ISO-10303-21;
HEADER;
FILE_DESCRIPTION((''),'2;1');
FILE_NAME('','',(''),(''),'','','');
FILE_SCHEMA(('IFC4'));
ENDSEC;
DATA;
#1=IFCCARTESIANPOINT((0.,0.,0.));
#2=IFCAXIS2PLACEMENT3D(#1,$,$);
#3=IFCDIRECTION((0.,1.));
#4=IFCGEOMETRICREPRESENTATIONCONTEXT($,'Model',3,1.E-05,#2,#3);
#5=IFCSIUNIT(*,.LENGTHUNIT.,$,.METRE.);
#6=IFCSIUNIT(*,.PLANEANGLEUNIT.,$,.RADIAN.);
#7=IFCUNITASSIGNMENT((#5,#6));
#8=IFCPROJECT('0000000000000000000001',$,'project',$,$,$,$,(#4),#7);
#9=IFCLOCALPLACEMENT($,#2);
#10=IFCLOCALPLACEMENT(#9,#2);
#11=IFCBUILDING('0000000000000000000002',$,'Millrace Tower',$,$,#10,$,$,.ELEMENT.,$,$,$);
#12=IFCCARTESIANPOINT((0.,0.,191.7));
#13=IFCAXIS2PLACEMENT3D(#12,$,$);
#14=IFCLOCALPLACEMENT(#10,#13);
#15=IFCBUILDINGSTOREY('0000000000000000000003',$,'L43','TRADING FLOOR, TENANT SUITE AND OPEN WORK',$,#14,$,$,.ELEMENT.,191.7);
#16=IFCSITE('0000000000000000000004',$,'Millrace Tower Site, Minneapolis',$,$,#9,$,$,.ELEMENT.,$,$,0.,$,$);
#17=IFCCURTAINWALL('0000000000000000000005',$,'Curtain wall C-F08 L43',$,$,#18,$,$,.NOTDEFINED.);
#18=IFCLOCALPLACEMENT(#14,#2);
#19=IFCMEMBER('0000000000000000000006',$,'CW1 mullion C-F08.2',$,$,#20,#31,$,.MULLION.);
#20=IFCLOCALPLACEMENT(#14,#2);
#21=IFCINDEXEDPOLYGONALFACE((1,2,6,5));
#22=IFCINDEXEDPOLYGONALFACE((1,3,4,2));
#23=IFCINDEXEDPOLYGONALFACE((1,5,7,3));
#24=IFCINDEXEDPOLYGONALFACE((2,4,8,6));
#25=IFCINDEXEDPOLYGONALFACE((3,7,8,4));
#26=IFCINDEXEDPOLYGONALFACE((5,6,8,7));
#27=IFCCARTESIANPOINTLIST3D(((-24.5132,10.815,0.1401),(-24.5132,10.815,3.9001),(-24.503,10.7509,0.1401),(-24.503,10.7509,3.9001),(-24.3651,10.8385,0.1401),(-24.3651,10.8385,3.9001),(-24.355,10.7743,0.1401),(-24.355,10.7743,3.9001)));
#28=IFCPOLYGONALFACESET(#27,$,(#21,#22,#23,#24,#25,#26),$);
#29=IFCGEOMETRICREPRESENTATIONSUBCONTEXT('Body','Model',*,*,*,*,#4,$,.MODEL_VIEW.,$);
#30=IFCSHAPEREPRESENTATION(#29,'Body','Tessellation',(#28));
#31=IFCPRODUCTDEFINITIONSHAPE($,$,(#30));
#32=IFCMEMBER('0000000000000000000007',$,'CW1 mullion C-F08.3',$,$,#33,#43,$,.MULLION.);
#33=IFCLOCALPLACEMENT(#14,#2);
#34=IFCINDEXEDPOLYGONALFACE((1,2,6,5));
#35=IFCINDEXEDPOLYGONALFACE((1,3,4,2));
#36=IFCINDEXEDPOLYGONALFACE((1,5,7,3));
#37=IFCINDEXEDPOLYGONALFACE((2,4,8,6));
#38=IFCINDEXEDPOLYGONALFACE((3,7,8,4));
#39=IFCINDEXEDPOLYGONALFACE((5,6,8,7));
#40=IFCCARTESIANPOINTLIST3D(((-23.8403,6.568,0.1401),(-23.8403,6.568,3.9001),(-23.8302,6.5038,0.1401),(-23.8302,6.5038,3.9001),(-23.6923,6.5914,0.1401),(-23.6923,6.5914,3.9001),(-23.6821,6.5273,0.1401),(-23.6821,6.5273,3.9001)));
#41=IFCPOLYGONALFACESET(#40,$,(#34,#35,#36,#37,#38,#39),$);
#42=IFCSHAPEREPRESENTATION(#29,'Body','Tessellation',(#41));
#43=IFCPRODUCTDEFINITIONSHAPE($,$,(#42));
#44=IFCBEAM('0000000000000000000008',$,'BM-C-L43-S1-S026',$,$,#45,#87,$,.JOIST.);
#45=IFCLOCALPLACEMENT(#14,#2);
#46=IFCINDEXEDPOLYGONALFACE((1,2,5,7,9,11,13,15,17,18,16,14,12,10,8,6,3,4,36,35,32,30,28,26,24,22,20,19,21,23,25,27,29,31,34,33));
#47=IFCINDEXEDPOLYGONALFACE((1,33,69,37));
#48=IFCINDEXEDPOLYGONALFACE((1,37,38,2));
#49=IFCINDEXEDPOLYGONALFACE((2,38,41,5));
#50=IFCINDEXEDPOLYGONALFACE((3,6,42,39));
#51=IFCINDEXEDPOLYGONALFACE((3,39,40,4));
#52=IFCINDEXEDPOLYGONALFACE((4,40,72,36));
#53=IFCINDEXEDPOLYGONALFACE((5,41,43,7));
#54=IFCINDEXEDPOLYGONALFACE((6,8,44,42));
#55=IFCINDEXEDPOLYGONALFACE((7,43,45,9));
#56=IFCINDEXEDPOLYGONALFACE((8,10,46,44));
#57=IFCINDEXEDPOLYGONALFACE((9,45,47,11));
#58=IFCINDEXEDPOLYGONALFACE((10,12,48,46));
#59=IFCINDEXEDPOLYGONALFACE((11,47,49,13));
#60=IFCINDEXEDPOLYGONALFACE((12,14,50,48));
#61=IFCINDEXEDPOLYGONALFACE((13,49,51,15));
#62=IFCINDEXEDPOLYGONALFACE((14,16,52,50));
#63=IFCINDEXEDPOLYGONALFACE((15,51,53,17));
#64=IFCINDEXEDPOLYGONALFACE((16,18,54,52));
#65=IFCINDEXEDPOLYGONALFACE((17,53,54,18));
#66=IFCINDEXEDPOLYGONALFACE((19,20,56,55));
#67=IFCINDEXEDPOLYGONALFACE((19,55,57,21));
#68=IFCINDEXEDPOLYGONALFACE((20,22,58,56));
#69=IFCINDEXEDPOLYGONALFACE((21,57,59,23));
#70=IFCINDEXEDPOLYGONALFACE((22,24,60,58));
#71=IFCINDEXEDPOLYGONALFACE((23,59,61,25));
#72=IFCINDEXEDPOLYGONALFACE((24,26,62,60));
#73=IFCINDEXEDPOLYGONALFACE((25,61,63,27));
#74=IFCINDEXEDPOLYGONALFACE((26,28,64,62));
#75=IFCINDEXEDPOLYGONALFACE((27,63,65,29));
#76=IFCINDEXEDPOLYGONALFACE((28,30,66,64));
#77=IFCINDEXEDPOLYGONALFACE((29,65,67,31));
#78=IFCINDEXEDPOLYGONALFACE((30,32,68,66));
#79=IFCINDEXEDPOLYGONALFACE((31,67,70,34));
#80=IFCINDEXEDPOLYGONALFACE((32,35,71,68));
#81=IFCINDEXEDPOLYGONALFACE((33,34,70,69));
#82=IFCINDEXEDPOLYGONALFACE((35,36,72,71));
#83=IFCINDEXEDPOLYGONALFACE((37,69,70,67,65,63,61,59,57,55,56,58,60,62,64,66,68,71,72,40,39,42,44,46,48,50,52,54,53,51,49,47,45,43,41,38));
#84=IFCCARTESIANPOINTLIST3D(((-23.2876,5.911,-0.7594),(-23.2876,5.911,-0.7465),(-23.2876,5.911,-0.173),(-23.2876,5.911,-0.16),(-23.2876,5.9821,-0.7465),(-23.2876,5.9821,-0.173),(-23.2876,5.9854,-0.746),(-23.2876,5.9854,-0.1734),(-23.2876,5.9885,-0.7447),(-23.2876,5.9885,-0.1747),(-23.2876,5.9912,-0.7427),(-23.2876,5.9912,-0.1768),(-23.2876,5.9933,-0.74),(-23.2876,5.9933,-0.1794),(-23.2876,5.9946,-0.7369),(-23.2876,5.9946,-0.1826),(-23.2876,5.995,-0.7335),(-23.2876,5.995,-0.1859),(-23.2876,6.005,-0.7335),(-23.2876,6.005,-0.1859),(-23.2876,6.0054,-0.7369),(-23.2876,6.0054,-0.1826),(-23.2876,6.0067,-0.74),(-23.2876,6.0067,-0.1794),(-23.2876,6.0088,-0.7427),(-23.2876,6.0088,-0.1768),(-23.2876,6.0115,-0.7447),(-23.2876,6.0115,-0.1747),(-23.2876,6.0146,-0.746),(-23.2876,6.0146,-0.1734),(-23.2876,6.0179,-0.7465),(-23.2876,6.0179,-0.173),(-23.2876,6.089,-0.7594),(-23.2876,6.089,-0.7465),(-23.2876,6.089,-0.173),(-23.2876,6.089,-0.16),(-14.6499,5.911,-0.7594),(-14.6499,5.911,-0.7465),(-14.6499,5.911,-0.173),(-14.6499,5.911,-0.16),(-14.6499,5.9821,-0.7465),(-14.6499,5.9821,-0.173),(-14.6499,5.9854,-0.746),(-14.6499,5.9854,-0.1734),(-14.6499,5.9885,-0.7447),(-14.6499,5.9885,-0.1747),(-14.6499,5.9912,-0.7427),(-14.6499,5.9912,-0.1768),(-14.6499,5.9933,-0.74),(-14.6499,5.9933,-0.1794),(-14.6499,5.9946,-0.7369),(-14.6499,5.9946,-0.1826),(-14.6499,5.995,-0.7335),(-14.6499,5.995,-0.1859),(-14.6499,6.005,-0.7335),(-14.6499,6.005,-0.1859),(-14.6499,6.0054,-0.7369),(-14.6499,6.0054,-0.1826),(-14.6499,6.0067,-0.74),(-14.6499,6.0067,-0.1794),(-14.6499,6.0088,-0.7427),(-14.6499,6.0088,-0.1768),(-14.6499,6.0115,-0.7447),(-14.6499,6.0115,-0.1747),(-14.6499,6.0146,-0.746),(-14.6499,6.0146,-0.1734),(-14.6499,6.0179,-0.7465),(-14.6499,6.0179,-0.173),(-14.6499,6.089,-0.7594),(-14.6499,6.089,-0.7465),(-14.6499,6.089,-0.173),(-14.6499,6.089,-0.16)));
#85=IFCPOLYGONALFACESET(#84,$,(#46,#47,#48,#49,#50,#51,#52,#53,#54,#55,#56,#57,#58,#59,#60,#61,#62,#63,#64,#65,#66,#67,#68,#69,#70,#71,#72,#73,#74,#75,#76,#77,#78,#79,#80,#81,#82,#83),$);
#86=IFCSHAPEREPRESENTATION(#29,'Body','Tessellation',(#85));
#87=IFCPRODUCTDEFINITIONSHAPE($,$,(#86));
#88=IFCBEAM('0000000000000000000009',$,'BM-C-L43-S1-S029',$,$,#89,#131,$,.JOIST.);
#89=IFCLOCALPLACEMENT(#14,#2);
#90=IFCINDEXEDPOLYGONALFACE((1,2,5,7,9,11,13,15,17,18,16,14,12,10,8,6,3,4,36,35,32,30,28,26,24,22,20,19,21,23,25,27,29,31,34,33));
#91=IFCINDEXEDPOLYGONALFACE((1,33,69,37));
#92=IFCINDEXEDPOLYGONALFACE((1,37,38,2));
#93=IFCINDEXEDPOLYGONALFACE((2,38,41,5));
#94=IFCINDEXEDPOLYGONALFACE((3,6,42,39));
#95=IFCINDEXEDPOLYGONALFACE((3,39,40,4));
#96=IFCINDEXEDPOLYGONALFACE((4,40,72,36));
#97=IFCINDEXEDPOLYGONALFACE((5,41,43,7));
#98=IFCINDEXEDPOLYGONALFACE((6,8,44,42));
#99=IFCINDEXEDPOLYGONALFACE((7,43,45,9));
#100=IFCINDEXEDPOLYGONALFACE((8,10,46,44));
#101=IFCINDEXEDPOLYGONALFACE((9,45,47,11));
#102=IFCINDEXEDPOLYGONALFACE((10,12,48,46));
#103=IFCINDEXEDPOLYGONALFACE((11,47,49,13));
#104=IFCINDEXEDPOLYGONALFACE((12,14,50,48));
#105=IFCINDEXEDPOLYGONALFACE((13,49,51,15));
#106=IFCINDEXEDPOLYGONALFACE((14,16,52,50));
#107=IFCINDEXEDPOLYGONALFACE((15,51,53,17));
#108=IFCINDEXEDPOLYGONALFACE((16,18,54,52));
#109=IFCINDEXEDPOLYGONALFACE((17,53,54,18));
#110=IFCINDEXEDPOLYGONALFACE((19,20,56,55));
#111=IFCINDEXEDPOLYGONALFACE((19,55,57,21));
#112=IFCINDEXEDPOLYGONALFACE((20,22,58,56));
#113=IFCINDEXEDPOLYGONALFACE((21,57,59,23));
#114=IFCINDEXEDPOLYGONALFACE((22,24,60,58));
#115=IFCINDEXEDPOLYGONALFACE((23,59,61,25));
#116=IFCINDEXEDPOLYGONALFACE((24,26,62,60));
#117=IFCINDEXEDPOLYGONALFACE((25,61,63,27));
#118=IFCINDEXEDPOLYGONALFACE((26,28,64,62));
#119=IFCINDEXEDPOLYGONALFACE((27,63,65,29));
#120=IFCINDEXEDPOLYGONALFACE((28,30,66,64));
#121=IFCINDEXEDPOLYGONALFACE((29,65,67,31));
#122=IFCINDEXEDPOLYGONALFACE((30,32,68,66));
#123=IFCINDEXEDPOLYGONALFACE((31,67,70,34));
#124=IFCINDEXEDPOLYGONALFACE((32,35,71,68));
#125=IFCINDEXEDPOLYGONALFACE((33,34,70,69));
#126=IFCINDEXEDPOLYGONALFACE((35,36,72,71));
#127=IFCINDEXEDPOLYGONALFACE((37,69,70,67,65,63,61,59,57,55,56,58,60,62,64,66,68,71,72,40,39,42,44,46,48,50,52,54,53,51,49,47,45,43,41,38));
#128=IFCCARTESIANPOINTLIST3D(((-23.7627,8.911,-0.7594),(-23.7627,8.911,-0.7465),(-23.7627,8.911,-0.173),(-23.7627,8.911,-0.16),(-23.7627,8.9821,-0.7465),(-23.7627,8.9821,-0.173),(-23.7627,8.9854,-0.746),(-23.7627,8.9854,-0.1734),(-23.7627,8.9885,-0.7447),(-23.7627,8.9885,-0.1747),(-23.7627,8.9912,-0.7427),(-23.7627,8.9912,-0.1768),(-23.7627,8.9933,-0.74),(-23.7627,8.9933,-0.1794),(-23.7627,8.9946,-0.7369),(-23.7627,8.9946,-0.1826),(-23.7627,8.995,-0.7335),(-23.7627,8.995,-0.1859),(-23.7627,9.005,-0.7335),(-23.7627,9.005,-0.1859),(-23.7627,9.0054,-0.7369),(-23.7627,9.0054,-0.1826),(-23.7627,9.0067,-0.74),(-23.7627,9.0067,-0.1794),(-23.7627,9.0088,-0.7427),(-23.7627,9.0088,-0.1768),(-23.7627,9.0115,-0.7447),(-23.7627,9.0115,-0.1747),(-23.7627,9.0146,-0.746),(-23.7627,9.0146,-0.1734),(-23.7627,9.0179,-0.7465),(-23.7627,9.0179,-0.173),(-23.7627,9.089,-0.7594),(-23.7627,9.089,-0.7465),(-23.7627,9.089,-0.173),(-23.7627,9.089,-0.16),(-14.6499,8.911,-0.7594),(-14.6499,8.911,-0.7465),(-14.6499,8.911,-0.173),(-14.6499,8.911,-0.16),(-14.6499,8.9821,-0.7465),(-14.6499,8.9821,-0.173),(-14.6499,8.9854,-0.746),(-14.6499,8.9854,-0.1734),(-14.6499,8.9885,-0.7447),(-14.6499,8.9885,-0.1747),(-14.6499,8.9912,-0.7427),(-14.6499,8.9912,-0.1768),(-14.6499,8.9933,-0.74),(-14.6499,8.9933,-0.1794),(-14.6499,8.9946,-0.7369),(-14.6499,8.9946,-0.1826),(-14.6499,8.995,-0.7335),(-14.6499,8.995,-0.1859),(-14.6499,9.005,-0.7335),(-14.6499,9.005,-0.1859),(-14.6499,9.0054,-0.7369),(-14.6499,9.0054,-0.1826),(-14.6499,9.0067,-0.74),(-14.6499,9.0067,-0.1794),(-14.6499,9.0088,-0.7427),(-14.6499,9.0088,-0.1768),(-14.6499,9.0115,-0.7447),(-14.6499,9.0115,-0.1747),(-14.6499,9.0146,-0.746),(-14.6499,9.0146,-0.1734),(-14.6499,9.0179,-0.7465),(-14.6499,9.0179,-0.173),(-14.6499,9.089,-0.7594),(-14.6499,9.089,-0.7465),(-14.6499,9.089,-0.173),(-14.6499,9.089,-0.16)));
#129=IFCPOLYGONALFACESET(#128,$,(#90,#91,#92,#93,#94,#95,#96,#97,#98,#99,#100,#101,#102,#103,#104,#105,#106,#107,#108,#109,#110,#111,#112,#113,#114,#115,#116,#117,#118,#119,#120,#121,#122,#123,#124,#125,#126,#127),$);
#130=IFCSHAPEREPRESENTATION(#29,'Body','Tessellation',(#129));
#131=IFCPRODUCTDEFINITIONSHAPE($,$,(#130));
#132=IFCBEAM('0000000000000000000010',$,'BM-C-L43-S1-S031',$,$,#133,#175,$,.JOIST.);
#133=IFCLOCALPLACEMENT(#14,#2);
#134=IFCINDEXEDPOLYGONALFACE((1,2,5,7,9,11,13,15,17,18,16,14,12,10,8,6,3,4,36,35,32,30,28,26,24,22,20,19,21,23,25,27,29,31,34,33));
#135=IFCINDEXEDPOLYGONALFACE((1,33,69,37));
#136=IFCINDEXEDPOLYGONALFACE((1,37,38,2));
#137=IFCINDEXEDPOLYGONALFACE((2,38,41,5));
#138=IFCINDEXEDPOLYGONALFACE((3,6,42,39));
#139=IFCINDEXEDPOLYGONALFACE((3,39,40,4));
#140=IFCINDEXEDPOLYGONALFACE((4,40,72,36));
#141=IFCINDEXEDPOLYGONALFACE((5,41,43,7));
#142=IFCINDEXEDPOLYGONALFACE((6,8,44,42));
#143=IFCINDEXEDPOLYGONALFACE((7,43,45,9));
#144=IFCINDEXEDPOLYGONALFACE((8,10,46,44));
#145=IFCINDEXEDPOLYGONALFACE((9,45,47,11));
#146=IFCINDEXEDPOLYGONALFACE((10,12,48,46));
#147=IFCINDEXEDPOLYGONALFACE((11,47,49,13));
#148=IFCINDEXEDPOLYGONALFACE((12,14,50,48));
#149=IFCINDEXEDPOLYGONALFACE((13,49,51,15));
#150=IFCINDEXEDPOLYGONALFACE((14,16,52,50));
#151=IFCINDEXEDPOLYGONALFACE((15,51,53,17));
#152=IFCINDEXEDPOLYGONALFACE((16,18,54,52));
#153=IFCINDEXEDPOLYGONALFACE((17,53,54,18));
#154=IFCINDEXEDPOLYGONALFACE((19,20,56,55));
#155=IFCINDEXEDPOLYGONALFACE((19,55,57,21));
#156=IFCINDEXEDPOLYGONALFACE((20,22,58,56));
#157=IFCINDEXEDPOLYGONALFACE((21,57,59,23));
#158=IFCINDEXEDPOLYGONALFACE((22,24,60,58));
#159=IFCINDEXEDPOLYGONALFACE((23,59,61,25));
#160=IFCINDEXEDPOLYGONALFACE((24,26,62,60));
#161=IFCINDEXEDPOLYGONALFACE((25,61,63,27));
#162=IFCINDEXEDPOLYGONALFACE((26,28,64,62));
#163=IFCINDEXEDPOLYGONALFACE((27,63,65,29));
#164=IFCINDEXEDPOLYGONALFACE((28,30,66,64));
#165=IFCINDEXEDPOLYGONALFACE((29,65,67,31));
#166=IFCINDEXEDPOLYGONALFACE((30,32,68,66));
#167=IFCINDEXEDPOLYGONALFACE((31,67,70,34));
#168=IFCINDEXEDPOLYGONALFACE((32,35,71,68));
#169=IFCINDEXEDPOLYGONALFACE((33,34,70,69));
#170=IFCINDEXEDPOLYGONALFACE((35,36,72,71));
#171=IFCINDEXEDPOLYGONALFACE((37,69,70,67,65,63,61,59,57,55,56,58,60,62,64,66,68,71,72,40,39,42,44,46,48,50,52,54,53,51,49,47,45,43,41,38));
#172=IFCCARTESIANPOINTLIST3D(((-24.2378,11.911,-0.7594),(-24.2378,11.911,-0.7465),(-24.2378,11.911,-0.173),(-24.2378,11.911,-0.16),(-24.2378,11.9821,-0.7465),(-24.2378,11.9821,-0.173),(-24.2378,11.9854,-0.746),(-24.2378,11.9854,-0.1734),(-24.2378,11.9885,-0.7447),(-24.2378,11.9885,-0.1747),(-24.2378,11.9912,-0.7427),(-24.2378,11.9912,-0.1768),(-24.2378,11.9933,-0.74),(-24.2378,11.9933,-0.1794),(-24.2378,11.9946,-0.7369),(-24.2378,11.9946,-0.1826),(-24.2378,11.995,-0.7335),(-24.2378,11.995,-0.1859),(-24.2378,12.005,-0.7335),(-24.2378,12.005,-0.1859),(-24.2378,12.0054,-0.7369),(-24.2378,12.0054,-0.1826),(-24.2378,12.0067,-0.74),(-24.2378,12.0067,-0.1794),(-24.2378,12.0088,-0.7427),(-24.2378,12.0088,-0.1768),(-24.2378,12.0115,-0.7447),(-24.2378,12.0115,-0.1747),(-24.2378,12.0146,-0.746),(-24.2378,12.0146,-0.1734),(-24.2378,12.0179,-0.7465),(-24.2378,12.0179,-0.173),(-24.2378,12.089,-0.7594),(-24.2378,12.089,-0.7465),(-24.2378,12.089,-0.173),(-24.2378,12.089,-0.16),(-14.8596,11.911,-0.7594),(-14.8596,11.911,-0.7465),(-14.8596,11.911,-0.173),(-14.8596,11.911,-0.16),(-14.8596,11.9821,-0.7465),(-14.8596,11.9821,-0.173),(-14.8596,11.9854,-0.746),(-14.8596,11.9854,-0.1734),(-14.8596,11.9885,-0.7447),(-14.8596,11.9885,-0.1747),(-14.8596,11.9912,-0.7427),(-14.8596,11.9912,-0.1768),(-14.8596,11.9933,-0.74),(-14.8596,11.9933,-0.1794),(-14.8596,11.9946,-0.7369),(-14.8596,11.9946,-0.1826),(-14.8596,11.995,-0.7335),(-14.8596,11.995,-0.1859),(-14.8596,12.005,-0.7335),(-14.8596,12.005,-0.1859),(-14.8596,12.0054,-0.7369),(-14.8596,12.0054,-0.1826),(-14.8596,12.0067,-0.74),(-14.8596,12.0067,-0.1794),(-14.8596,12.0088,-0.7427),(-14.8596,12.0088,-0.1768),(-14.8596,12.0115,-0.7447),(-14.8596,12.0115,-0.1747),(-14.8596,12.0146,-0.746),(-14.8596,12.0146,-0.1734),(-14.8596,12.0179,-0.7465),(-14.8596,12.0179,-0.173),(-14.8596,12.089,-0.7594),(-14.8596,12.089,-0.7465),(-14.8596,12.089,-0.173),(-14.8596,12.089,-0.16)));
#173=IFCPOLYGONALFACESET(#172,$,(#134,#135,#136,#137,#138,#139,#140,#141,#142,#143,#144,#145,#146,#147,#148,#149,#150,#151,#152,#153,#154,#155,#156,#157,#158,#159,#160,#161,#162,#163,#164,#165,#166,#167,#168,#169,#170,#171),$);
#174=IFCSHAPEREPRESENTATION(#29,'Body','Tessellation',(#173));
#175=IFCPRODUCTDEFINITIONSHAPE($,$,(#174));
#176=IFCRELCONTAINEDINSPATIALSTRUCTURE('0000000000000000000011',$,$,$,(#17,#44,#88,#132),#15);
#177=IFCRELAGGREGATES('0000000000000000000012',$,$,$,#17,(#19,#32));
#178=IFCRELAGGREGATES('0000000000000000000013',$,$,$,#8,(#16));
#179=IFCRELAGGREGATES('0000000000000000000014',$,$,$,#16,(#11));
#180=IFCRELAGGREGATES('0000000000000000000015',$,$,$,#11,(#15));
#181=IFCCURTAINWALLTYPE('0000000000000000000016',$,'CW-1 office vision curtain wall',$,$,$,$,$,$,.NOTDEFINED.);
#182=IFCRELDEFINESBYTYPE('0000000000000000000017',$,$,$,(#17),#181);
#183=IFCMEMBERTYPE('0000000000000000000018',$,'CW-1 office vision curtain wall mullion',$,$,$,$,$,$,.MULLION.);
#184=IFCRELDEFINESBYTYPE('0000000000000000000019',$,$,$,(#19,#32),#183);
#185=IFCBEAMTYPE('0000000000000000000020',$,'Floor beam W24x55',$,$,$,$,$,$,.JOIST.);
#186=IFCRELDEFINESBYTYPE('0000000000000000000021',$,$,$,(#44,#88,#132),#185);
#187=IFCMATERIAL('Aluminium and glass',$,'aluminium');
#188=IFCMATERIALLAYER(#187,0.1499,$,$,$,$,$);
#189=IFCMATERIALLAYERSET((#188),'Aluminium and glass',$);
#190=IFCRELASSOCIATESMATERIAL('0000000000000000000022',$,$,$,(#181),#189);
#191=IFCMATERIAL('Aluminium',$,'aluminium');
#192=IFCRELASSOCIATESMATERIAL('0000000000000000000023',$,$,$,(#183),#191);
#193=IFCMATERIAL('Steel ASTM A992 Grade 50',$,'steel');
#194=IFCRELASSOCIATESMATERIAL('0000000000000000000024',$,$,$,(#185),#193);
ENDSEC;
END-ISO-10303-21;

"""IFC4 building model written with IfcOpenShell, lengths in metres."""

from ifc_helpers import new_model, si_unit, direction, frame, origin, origin_2d, place, context, subcontext, project, spatial, rectangle, i_section, extrude, material, layer, layer_set, material_profile, profile_set, type_object, element, aggregate, save


model = new_model("IFC4")

# Units and contexts
model_context = context("Model", 3, precision=1e-05, world=origin(), true_north=direction((0.0, 1.0)))
body_context = subcontext(model_context, "Body", "Model", "MODEL_VIEW")
ifc_project = project(units=[si_unit("LENGTHUNIT", "METRE"), si_unit("PLANEANGLEUNIT", "RADIAN")], contexts=[model_context])

# Site, building, storey
site_placement = place(None, origin())
site = spatial("IfcSite", under=ifc_project, at=site_placement, Name="Millrace Tower Site, Minneapolis", CompositionType="ELEMENT", RefElevation=0.0)
building_placement = place(site_placement, origin())
building = spatial("IfcBuilding", under=site, at=building_placement, Name="Millrace Tower", CompositionType="ELEMENT")
storey_placement = place(building_placement, frame((0.0, 0.0, 191.7)))
storey = spatial("IfcBuildingStorey", under=building, at=storey_placement, Name="L43", Description="TRADING FLOOR, TENANT SUITE AND OPEN WORK", CompositionType="ELEMENT", Elevation=191.7)

# Curtain wall, members
ifc_material_1 = material(Name="Aluminium and glass", Category="aluminium")
ifc_layer_1 = layer(ifc_material_1, 0.1499)
ifc_layer_set_1 = layer_set([ifc_layer_1], Name="Aluminium and glass")
curtain_wall_type = type_object("IfcCurtainWallType", Name="CW-1 office vision curtain wall", PredefinedType="NOTDEFINED", material=ifc_layer_set_1)
placement = place(storey_placement, origin())
curtain_wall = element("IfcCurtainWall", 1, at=placement, inside=storey, type_object=curtain_wall_type, Name="Curtain wall C-F08 L43", PredefinedType="NOTDEFINED")
ifc_material_2 = material(Name="Aluminium", Category="aluminium")
ifc_material_profile_1 = material_profile(ifc_material_2, rectangle(XDim=0.0649, YDim=0.1499, at=origin_2d()))
ifc_profile_set_1 = profile_set([ifc_material_profile_1], Name="Aluminium")
member_type = type_object("IfcMemberType", Name="CW-1 office vision curtain wall mullion", PredefinedType="MULLION", material=ifc_profile_set_1)
member_1_placement = place(storey_placement, frame((-24.4341, 10.7947, 0.1401), z_axis=(0.0, 0.0, 1.0), x_axis=(0.156434, -0.987688, 0.0)))
member_1 = element("IfcMember", 2, at=member_1_placement, type_object=member_type, Name="CW1 mullion C-F08.2", PredefinedType="MULLION", context=body_context, shape_type="SweptSolid", body=[
    extrude(rectangle(XDim=0.0649, YDim=0.1499, at=origin_2d()), origin(), (0.0, 0.0, 1.0), 3.76),
])
member_2_placement = place(storey_placement, frame((-23.7612, 6.5476, 0.1401), z_axis=(0.0, 0.0, 1.0), x_axis=(0.156434, -0.987688, 0.0)))
member_2 = element("IfcMember", 3, at=member_2_placement, type_object=member_type, Name="CW1 mullion C-F08.3", PredefinedType="MULLION", context=body_context, shape_type="SweptSolid", body=[
    extrude(rectangle(XDim=0.0649, YDim=0.1499, at=origin_2d()), origin(), (0.0, 0.0, 1.0), 3.76),
])
aggregate(curtain_wall, [member_1, member_2])

# Beams
ifc_material_3 = material(Name="Steel ASTM A992 Grade 50", Category="steel")
ifc_material_profile_2 = material_profile(ifc_material_3, i_section(OverallWidth=0.178, OverallDepth=0.5994, WebThickness=0.01, FlangeThickness=0.0129, FilletRadius=0.0129, at=origin_2d()))
ifc_profile_set_2 = profile_set([ifc_material_profile_2], Name="Steel ASTM A992 Grade 50")
beam_type_1 = type_object("IfcBeamType", Name="Floor beam W24x55", PredefinedType="JOIST", material=ifc_profile_set_2)
beam_1_placement = place(storey_placement, frame((-23.2876, 6.0, -0.4597), z_axis=(1.0, 0.0, 0.0), x_axis=(0.0, 1.0, 0.0)))
element("IfcBeam", 4, at=beam_1_placement, inside=storey, type_object=beam_type_1, Name="BM-C-L43-S1-S026", PredefinedType="JOIST", context=body_context, shape_type="SweptSolid", body=[
    extrude(i_section(OverallWidth=0.178, OverallDepth=0.5994, WebThickness=0.01, FlangeThickness=0.0129, FilletRadius=0.0129, at=origin_2d()), origin(), (0.0, 0.0, 1.0), 8.6377),
])
beam_2_placement = place(storey_placement, frame((-23.7627, 9.0, -0.4597), z_axis=(1.0, 0.0, 0.0), x_axis=(0.0, 1.0, 0.0)))
element("IfcBeam", 5, at=beam_2_placement, inside=storey, type_object=beam_type_1, Name="BM-C-L43-S1-S029", PredefinedType="JOIST", context=body_context, shape_type="SweptSolid", body=[
    extrude(i_section(OverallWidth=0.178, OverallDepth=0.5994, WebThickness=0.01, FlangeThickness=0.0129, FilletRadius=0.0129, at=origin_2d()), origin(), (0.0, 0.0, 1.0), 9.1128),
])
beam_3_placement = place(storey_placement, frame((-24.2378, 12.0, -0.4597), z_axis=(1.0, 0.0, 0.0), x_axis=(0.0, 1.0, 0.0)))
element("IfcBeam", 6, at=beam_3_placement, inside=storey, type_object=beam_type_1, Name="BM-C-L43-S1-S031", PredefinedType="JOIST", context=body_context, shape_type="SweptSolid", body=[
    extrude(i_section(OverallWidth=0.178, OverallDepth=0.5994, WebThickness=0.01, FlangeThickness=0.0129, FilletRadius=0.0129, at=origin_2d()), origin(), (0.0, 0.0, 1.0), 9.3782),
])

save(model, "model.ifc")
